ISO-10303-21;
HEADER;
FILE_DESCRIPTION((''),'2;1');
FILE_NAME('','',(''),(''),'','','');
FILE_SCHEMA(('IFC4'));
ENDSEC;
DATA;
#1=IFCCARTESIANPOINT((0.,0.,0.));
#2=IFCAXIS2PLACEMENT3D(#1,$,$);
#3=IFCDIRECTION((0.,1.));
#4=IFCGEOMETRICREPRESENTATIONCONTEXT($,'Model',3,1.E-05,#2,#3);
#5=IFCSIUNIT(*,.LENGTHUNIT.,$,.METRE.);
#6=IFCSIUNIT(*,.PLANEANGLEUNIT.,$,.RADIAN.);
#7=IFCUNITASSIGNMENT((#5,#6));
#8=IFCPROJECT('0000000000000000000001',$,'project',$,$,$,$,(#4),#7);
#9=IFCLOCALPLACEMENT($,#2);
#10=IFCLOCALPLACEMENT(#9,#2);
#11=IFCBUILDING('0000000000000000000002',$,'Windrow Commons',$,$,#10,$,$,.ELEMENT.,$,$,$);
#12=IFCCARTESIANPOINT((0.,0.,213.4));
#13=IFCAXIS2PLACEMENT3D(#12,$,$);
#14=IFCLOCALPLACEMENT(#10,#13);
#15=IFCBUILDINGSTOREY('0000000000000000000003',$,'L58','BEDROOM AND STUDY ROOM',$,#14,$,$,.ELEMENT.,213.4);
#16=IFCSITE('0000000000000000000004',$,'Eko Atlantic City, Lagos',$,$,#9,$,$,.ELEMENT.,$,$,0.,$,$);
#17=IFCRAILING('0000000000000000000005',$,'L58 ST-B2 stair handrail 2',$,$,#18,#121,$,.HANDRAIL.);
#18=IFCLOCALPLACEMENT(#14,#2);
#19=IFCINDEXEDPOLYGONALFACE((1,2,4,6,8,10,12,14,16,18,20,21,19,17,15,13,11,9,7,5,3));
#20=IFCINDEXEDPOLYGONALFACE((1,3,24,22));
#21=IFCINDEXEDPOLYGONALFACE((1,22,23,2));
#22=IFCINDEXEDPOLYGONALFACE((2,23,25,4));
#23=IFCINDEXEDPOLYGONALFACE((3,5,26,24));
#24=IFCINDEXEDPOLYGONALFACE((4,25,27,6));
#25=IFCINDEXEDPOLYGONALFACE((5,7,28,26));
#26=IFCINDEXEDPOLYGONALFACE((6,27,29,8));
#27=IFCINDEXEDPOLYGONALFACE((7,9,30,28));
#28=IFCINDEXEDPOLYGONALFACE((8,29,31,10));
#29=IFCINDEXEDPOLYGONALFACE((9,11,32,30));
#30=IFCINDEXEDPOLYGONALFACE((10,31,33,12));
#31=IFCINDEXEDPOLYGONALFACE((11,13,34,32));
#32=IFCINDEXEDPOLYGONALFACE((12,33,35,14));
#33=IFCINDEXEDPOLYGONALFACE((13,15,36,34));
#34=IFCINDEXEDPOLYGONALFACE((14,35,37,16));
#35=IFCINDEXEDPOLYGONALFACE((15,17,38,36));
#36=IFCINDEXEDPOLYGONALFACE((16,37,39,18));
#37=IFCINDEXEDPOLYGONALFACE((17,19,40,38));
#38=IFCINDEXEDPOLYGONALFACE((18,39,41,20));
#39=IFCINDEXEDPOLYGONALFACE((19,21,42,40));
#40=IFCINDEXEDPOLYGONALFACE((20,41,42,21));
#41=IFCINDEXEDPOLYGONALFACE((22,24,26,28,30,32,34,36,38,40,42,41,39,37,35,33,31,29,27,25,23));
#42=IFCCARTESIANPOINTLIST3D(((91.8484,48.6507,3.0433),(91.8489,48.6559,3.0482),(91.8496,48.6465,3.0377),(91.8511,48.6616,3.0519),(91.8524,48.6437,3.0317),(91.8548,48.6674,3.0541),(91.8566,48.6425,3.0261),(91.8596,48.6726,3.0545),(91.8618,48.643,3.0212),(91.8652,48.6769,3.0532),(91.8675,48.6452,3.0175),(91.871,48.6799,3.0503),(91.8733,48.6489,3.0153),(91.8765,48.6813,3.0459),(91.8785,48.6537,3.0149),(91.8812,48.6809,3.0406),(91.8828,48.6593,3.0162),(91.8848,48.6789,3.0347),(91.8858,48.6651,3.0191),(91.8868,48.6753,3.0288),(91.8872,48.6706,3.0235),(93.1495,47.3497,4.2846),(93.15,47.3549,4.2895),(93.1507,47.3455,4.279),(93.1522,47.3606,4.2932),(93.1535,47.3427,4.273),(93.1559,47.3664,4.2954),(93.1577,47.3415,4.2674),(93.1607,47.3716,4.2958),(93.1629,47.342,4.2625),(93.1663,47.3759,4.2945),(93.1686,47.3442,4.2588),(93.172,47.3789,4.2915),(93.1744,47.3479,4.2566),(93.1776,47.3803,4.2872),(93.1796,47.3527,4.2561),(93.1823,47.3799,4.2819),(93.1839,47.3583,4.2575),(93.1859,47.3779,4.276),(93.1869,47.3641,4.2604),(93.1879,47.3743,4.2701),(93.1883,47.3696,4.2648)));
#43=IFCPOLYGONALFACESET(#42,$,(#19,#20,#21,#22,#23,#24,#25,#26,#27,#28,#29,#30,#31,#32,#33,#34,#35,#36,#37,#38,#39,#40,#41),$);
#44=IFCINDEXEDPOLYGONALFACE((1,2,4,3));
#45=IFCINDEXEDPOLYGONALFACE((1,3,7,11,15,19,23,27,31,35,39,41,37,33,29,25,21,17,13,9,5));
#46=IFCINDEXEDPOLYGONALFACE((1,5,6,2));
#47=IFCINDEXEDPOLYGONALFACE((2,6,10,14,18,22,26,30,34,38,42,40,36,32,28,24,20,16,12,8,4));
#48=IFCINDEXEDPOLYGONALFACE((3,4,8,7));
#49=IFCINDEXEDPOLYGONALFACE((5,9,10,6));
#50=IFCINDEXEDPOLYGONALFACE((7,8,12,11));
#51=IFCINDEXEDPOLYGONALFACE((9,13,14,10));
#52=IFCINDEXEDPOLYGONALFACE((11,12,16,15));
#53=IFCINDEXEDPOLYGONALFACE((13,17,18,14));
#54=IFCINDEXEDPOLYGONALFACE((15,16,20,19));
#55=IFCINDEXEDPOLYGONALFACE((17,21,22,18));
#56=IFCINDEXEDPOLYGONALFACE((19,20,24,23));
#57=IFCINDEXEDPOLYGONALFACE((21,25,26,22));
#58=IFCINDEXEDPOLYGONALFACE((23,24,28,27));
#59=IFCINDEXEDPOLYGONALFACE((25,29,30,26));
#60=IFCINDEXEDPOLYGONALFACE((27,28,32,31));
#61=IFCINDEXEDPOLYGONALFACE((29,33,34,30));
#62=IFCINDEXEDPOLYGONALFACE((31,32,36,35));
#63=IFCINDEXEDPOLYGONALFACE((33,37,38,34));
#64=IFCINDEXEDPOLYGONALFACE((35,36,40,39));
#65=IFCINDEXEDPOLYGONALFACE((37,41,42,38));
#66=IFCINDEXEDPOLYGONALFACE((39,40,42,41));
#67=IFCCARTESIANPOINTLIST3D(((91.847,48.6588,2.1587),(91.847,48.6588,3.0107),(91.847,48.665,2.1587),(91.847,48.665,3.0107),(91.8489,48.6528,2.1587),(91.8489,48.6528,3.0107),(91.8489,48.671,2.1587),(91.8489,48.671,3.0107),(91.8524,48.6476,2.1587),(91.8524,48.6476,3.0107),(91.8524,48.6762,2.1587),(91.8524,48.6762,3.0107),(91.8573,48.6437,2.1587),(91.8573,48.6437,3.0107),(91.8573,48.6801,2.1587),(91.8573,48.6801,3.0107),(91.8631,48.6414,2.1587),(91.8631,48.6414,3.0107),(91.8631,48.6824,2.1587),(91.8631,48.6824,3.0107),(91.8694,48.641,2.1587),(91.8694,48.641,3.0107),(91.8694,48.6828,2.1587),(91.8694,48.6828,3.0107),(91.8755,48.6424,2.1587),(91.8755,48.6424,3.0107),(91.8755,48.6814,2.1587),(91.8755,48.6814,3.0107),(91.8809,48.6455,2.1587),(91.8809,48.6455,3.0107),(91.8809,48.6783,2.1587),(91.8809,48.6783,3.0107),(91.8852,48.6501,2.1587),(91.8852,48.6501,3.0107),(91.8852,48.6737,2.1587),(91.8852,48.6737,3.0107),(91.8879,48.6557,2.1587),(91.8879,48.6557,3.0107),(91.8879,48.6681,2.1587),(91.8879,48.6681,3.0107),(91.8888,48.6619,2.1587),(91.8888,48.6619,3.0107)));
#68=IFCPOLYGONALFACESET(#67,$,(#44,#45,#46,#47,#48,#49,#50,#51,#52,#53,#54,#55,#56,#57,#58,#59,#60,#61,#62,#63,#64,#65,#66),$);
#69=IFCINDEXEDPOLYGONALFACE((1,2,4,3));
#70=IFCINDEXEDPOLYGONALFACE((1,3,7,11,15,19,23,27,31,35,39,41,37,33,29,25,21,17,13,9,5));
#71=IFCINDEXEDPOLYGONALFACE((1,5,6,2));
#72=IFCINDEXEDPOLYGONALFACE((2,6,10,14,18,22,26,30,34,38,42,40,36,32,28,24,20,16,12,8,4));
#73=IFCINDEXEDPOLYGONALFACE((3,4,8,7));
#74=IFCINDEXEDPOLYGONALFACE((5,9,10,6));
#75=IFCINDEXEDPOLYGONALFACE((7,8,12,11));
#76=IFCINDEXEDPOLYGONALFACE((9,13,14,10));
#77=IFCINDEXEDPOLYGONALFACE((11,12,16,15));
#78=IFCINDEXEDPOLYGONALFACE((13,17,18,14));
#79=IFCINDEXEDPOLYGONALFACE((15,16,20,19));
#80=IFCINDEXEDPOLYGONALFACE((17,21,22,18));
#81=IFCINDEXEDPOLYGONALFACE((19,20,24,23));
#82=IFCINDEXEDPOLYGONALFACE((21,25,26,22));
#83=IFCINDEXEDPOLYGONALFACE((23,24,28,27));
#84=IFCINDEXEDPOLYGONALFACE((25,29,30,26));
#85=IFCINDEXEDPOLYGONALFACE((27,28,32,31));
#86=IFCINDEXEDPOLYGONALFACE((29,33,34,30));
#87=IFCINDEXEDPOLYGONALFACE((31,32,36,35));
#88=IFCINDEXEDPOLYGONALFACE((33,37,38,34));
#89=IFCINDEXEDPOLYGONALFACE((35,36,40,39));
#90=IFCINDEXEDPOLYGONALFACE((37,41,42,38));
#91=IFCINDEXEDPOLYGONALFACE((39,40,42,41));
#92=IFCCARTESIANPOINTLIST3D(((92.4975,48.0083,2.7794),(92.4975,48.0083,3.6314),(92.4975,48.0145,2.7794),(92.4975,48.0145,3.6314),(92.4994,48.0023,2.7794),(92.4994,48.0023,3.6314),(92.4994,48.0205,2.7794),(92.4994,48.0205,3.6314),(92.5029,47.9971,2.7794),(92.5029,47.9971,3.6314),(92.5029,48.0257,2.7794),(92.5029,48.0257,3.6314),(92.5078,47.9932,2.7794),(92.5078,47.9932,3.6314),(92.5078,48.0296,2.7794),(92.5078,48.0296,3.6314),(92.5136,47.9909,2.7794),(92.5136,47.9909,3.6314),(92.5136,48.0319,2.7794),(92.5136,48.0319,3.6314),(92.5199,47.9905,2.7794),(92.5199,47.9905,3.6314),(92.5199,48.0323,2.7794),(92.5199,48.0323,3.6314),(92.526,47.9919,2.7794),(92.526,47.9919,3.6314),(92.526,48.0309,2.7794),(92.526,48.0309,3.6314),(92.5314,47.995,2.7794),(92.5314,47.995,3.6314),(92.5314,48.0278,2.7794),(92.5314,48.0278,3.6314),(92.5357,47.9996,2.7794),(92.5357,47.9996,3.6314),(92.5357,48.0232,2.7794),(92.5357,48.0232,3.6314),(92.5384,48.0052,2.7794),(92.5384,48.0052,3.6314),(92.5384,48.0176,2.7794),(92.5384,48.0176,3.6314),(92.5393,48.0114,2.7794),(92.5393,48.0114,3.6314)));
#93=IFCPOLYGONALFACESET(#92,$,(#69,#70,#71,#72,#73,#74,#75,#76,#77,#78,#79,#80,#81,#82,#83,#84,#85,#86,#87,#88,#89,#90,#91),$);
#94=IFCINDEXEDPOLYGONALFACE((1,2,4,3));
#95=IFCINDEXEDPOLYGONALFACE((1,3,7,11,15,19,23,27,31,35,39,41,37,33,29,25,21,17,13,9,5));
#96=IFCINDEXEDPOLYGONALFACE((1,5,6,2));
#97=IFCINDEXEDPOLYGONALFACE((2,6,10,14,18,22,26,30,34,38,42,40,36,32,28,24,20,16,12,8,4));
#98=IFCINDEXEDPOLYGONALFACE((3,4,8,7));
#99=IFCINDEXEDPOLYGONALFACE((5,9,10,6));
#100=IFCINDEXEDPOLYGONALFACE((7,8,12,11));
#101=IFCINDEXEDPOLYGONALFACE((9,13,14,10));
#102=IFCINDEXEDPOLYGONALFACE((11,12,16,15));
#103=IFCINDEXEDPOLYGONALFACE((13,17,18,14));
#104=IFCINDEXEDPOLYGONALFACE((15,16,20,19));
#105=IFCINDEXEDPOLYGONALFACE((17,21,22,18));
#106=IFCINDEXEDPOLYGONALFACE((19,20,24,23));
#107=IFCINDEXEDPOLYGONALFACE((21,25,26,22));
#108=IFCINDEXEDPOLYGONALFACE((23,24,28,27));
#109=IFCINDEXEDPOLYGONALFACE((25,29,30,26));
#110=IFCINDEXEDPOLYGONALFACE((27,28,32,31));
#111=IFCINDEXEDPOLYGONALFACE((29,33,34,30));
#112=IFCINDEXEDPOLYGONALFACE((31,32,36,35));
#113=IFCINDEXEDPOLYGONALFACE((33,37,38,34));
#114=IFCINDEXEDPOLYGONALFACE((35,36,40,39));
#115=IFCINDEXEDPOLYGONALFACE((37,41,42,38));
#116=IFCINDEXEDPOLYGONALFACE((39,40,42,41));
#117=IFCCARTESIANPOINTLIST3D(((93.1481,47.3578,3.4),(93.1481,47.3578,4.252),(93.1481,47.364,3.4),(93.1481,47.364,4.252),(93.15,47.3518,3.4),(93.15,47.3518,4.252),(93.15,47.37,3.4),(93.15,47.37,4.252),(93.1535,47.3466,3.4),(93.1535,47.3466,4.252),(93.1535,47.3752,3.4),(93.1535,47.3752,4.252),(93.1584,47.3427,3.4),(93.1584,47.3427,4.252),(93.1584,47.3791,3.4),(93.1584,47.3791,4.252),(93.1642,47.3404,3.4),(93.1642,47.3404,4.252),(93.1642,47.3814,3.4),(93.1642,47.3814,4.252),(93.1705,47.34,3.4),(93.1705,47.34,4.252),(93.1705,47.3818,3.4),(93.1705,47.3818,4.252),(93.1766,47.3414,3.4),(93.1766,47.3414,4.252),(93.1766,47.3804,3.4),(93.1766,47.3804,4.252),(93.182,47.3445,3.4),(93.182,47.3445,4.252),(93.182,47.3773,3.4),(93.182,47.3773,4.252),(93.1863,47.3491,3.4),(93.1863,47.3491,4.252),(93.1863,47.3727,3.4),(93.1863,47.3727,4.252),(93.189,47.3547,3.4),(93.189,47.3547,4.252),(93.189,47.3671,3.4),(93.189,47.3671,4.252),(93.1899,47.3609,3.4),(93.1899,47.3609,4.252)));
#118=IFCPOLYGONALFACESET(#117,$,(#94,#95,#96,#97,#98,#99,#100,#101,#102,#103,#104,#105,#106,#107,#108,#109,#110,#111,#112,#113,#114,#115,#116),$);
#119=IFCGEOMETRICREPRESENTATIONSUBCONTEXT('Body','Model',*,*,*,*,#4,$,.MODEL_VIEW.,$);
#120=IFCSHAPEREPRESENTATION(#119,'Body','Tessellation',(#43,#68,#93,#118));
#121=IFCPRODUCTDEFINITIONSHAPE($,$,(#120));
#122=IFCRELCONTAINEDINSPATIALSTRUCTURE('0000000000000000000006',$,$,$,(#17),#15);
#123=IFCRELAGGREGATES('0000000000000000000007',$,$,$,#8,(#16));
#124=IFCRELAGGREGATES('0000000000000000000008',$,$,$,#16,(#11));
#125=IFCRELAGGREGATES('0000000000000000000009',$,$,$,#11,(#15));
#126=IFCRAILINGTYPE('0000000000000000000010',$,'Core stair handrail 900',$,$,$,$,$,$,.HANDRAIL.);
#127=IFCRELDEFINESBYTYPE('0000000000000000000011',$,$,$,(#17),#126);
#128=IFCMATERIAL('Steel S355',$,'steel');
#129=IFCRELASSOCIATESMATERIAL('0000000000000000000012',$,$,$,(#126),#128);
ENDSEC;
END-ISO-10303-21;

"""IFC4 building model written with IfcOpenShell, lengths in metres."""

from ifc_helpers import new_model, si_unit, direction, frame, origin, origin_2d, place, context, subcontext, project, spatial, circle, extrude, material, type_object, element, save


model = new_model("IFC4")

# Units and contexts
model_context = context("Model", 3, precision=1e-05, world=origin(), true_north=direction((0.0, 1.0)))
body_context = subcontext(model_context, "Body", "Model", "MODEL_VIEW")
ifc_project = project(units=[si_unit("LENGTHUNIT", "METRE"), si_unit("PLANEANGLEUNIT", "RADIAN")], contexts=[model_context])

# Site, building, storey
site_placement = place(None, origin())
site = spatial("IfcSite", under=ifc_project, at=site_placement, Name="Eko Atlantic City, Lagos", CompositionType="ELEMENT", RefElevation=0.0)
building_placement = place(site_placement, origin())
building = spatial("IfcBuilding", under=site, at=building_placement, Name="Windrow Commons", CompositionType="ELEMENT")
storey_placement = place(building_placement, frame((0.0, 0.0, 213.4)))
storey = spatial("IfcBuildingStorey", under=building, at=storey_placement, Name="L58", Description="BEDROOM AND STUDY ROOM", CompositionType="ELEMENT", Elevation=213.4)

# Railing
ifc_material_1 = material(Name="Steel S355", Category="steel")
railing_type_1 = type_object("IfcRailingType", Name="Core stair handrail 900", PredefinedType="HANDRAIL", material=ifc_material_1)
railing_1_placement = place(storey_placement, frame((91.8678, 48.6619, 2.1587)))
element("IfcRailing", 1, at=railing_1_placement, inside=storey, type_object=railing_type_1, Name="L58 ST-B2 stair handrail 2", PredefinedType="HANDRAIL", context=body_context, shape_type="SweptSolid", body=[
    extrude(circle(Radius=0.024, at=origin_2d()), frame((0.0, 0.0, 0.876), z_axis=(0.586207, -0.586162, 0.559264), x_axis=(0.70708, 0.707134, 0.0)), (0.0, 0.0, 1.0), 2.2195),
    extrude(circle(Radius=0.021, at=origin_2d()), origin(), (0.0, 0.0, 1.0), 0.852),
    extrude(circle(Radius=0.021, at=origin_2d()), frame((0.6505, -0.6505, 0.6207)), (0.0, 0.0, 1.0), 0.852),
    extrude(circle(Radius=0.021, at=origin_2d()), frame((1.3011, -1.301, 1.2413)), (0.0, 0.0, 1.0), 0.852),
])

save(model, "model.ifc")
